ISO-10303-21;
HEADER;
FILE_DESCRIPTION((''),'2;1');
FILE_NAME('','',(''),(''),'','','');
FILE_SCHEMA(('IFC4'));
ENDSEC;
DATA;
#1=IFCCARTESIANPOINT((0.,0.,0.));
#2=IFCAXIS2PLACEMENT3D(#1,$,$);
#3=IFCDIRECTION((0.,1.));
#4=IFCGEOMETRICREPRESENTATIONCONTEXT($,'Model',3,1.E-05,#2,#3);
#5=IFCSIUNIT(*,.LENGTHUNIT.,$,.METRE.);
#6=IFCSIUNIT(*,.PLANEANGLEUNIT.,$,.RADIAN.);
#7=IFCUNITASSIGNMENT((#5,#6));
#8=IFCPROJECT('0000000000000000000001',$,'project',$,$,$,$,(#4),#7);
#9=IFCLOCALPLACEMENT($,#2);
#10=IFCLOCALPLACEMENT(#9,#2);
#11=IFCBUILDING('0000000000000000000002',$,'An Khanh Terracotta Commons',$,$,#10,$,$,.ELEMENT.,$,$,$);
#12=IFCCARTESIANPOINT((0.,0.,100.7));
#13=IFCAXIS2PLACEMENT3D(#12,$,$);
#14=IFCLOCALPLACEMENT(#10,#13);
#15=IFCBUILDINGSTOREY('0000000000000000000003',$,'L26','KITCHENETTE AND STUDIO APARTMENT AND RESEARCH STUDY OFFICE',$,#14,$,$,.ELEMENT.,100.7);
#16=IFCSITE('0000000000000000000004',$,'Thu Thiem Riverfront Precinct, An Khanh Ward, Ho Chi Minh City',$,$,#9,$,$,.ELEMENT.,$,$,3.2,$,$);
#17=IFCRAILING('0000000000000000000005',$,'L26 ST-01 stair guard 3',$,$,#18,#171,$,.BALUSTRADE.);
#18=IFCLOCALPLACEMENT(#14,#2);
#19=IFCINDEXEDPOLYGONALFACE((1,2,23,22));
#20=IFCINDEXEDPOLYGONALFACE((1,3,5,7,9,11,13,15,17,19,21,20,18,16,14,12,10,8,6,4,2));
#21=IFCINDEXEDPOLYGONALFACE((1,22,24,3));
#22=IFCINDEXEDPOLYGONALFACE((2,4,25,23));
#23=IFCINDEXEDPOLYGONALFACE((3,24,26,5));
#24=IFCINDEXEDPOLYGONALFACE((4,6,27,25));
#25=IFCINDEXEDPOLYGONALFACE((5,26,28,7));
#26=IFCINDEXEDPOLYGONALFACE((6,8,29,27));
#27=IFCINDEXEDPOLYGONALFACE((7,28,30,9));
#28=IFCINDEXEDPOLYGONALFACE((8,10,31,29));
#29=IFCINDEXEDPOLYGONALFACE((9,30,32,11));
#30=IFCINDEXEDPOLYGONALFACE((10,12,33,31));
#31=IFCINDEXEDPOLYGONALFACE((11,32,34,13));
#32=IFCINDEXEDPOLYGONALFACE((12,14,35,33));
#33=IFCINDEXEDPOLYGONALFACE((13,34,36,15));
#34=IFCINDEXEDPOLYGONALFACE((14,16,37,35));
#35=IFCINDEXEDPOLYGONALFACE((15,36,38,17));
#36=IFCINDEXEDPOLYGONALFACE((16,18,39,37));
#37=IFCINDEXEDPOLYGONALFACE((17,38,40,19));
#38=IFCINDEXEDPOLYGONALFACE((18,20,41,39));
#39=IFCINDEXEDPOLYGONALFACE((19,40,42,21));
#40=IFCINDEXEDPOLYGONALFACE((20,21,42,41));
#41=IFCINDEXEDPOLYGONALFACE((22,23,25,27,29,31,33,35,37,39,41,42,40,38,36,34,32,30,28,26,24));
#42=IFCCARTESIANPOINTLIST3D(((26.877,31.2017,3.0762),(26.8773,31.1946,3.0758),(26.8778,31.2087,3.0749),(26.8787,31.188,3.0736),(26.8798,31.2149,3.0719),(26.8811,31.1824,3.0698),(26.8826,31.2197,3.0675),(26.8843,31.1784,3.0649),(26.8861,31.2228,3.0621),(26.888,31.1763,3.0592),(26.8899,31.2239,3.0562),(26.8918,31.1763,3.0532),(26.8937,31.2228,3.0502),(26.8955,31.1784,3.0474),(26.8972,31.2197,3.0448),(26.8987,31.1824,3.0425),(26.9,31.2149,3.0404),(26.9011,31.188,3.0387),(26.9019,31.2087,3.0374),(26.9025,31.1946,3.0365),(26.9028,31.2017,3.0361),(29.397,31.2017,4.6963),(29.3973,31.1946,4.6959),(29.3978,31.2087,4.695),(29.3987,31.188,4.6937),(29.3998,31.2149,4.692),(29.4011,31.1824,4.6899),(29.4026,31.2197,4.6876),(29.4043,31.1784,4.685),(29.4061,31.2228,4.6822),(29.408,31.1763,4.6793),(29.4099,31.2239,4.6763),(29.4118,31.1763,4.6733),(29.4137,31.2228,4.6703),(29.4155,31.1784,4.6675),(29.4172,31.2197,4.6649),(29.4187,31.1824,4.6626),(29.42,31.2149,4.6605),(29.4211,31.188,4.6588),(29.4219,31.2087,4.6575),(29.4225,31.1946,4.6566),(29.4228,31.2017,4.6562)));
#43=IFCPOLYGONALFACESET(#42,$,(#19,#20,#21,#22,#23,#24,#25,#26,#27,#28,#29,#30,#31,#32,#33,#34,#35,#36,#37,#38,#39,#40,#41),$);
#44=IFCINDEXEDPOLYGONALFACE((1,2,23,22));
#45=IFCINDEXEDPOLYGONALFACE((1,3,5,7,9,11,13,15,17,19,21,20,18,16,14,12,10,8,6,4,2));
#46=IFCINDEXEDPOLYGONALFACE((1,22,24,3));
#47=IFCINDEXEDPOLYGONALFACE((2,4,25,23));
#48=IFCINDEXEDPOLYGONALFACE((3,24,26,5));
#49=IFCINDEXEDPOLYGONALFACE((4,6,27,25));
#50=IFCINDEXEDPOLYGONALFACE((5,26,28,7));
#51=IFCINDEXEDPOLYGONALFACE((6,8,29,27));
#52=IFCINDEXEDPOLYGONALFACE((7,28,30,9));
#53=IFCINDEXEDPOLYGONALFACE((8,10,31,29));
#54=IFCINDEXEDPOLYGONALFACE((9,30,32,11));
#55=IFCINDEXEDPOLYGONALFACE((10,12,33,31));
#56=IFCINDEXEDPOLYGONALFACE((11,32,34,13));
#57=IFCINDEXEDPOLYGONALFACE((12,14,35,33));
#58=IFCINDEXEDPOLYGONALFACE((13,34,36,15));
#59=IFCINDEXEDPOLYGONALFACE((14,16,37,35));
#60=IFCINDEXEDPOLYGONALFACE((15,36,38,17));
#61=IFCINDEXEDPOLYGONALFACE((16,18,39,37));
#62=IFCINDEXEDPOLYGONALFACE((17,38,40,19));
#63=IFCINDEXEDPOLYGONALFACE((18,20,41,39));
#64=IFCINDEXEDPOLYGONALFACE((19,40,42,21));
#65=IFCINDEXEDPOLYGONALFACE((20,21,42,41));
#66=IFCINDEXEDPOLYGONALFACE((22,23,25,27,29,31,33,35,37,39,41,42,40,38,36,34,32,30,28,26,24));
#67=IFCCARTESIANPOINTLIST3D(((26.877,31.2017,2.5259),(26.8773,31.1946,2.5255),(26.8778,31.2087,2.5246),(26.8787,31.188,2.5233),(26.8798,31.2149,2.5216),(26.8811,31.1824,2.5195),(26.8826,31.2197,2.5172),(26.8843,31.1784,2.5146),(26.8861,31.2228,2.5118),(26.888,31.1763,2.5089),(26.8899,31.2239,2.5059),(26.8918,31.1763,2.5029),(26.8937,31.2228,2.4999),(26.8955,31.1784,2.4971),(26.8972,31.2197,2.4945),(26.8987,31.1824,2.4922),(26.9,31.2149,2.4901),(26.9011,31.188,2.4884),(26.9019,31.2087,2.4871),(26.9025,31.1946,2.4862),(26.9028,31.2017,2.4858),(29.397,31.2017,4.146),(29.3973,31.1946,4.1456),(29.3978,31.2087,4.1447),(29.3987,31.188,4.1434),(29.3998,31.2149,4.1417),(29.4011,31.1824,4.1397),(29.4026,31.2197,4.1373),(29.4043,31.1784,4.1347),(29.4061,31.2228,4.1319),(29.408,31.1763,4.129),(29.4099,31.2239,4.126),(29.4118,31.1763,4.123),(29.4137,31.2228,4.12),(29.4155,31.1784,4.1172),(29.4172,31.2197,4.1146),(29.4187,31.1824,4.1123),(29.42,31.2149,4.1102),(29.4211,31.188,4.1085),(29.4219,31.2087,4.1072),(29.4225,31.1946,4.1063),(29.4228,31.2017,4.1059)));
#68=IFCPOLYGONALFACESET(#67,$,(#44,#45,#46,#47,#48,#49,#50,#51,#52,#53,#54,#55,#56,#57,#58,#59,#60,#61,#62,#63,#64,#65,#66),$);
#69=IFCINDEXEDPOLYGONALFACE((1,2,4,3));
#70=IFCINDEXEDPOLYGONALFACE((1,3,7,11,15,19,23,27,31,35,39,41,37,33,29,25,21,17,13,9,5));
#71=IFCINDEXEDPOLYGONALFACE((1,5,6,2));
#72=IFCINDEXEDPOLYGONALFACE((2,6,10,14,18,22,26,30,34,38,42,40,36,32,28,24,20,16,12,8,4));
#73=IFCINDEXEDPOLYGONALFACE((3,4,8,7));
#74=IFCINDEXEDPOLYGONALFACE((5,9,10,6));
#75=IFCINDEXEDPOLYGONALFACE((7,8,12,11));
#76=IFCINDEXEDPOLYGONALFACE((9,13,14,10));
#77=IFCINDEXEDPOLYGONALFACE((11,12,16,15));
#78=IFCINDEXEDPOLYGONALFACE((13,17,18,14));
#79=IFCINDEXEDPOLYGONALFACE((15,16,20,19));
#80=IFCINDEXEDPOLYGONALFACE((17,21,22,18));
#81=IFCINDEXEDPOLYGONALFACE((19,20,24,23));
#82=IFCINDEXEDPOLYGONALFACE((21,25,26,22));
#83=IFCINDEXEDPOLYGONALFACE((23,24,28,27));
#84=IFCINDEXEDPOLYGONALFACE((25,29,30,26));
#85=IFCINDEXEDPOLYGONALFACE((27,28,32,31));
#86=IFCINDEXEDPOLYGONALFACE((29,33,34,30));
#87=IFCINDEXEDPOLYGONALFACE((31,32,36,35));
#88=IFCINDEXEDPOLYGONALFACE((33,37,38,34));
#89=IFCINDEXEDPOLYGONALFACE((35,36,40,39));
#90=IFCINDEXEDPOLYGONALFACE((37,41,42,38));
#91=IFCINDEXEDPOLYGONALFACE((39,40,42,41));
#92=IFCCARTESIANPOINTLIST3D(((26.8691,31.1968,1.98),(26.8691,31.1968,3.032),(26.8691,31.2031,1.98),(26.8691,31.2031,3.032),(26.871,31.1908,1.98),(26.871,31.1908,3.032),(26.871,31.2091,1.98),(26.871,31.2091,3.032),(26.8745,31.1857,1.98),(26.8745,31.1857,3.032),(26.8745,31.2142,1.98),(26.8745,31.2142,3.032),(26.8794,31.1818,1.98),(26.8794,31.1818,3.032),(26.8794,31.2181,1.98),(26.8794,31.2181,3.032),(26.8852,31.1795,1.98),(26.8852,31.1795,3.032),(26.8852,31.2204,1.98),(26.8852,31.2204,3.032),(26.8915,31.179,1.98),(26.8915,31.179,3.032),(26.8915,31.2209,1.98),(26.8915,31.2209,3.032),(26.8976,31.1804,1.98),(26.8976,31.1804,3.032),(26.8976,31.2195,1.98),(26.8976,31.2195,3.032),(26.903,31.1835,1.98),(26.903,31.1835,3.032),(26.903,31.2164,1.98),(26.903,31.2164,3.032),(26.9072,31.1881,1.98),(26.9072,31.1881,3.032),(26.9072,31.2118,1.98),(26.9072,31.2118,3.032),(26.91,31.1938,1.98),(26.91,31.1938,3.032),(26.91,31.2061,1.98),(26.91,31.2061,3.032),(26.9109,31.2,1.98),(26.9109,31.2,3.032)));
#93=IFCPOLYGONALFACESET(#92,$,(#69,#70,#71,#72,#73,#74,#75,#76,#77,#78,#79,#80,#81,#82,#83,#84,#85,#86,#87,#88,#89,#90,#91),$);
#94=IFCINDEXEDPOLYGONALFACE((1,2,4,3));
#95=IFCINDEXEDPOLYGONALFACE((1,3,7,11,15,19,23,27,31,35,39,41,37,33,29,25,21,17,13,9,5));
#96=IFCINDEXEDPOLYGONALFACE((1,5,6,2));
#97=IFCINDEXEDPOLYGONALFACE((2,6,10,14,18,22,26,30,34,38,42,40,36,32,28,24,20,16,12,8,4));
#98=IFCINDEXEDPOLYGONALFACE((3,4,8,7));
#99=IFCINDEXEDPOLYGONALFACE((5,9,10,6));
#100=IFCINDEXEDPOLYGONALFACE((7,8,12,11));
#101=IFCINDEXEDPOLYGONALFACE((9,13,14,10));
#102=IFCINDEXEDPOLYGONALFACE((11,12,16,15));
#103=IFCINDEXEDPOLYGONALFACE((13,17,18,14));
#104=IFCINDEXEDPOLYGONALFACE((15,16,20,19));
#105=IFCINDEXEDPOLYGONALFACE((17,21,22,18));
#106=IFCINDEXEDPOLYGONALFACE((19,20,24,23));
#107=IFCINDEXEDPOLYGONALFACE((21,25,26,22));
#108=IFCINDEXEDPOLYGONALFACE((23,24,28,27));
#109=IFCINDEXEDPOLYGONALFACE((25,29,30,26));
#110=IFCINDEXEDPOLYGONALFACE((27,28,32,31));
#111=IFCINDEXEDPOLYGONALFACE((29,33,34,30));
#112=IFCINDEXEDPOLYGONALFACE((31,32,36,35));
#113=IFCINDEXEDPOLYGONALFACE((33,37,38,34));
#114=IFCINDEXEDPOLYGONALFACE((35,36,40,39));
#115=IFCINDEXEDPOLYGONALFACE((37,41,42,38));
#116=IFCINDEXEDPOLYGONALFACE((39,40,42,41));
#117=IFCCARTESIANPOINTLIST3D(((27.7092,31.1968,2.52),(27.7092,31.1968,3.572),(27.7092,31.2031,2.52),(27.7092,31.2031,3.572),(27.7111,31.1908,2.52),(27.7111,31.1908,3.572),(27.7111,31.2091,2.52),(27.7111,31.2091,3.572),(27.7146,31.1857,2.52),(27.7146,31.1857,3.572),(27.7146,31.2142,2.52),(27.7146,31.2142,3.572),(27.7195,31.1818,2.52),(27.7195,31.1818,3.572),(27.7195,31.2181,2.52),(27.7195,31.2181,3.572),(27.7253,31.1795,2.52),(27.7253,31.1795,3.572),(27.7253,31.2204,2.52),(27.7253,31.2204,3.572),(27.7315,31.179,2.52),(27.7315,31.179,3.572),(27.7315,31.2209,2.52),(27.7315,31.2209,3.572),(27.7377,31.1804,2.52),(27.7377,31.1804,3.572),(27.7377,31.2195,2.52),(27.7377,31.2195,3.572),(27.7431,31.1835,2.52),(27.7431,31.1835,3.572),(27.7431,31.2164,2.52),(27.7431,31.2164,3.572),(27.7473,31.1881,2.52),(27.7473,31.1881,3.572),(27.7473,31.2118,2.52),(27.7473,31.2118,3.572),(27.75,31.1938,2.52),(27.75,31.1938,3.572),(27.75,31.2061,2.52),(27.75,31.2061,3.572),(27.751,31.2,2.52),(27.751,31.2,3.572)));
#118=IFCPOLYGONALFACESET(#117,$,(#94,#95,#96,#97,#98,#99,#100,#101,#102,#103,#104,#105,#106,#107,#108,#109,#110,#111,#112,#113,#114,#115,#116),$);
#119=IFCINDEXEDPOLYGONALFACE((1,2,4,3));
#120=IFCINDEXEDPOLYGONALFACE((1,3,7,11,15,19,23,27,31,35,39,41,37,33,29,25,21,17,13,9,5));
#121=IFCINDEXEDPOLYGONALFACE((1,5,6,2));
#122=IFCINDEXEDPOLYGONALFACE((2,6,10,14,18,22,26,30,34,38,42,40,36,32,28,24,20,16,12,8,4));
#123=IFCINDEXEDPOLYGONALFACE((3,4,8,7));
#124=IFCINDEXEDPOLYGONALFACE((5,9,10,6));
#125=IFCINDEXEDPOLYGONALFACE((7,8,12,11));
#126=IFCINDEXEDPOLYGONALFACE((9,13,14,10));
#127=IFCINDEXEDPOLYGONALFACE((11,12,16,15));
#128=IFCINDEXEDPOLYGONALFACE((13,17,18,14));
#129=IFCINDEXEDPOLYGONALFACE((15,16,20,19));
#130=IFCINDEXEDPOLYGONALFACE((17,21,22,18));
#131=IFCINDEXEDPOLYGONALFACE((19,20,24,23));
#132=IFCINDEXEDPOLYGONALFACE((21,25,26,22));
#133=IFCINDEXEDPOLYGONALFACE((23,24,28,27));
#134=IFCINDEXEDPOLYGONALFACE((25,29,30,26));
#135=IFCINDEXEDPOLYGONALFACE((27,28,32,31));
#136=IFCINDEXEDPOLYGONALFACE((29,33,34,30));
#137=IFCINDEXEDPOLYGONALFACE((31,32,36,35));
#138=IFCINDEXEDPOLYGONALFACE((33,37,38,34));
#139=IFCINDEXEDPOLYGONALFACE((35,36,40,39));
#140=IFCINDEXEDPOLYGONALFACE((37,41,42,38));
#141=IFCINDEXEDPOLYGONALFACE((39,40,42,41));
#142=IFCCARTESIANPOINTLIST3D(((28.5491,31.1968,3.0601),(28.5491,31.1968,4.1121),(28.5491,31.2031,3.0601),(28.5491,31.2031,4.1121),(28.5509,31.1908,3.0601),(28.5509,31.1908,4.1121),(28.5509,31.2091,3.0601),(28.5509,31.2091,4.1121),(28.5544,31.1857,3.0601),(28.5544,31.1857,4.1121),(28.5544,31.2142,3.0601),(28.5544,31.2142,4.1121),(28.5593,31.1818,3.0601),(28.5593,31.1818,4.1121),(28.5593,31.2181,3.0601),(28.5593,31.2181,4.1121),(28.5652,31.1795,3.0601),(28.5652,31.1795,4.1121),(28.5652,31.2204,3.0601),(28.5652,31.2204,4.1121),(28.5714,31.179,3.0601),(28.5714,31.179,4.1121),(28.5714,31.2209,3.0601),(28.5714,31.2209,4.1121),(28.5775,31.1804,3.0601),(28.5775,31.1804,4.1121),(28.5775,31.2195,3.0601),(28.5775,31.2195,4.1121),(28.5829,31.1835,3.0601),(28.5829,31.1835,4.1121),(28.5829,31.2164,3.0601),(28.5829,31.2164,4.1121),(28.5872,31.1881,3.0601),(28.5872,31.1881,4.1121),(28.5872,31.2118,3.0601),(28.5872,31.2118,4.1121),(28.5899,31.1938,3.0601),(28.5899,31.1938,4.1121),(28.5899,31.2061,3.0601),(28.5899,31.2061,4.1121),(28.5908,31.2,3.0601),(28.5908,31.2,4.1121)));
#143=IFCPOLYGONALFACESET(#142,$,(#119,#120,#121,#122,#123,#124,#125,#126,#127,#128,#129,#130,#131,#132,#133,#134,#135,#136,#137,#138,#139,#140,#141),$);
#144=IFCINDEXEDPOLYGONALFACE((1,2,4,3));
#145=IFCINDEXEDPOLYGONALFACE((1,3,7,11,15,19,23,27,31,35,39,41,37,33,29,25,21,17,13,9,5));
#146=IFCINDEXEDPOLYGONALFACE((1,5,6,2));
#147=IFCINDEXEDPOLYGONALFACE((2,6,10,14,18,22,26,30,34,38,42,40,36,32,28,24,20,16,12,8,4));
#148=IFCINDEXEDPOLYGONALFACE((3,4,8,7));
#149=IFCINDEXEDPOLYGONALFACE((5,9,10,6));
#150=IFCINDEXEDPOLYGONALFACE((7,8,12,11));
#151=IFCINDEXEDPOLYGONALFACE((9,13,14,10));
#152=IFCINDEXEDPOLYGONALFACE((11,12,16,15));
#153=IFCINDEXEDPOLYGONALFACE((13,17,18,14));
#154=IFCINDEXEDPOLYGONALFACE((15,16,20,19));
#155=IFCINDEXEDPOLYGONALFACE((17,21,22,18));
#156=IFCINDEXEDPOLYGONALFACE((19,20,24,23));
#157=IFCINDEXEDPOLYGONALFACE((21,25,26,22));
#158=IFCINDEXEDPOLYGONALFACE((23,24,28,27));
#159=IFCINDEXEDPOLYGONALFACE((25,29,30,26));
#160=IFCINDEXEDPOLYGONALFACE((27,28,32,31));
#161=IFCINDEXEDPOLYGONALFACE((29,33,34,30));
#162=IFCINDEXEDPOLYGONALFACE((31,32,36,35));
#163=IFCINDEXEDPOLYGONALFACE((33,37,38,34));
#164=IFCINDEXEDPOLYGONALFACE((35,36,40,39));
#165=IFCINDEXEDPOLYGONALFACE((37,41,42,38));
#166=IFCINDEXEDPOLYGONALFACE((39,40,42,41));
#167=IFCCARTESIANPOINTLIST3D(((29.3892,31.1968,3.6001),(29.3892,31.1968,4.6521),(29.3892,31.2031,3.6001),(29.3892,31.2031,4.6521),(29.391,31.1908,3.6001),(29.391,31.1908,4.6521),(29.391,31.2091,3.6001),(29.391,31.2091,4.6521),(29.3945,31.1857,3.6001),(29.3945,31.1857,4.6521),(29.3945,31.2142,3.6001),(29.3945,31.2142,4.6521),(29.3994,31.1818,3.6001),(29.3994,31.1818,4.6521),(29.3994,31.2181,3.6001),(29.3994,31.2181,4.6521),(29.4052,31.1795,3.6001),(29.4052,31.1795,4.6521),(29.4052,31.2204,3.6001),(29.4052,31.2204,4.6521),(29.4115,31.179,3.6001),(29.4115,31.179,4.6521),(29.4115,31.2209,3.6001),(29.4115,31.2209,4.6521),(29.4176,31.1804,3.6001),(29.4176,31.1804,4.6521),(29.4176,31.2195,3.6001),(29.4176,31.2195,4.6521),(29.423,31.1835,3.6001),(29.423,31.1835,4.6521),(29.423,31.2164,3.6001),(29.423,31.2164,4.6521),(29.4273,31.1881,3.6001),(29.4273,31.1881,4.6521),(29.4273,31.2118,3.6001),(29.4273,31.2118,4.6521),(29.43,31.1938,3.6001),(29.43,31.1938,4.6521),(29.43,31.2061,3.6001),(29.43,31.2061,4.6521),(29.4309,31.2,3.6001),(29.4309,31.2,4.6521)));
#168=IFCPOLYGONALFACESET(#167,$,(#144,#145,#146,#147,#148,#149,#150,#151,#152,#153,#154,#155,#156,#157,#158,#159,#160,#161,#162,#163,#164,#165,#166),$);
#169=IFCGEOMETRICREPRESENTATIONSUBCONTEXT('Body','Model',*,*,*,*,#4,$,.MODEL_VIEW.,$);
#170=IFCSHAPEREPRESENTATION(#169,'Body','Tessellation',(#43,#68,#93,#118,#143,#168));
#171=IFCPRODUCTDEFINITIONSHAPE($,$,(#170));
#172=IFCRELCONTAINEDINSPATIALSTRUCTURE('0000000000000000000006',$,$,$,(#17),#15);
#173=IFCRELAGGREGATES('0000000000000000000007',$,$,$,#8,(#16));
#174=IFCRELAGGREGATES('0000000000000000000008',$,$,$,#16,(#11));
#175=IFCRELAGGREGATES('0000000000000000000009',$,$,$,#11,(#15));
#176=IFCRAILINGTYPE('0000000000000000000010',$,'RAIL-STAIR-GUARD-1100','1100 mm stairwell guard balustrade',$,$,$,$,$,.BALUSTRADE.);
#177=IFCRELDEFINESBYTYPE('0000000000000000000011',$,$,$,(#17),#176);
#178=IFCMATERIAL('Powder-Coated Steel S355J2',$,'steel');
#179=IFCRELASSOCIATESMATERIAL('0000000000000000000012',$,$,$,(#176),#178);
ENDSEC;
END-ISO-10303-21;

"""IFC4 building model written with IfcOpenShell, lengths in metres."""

from ifc_helpers import new_model, si_unit, direction, frame, origin, origin_2d, place, context, subcontext, project, spatial, circle, extrude, material, type_object, element, save


model = new_model("IFC4")

# Units and contexts
model_context = context("Model", 3, precision=1e-05, world=origin(), true_north=direction((0.0, 1.0)))
body_context = subcontext(model_context, "Body", "Model", "MODEL_VIEW")
ifc_project = project(units=[si_unit("LENGTHUNIT", "METRE"), si_unit("PLANEANGLEUNIT", "RADIAN")], contexts=[model_context])

# Site, building, storey
site_placement = place(None, origin())
site = spatial("IfcSite", under=ifc_project, at=site_placement, Name="Thu Thiem Riverfront Precinct, An Khanh Ward, Ho Chi Minh City", CompositionType="ELEMENT", RefElevation=3.2)
building_placement = place(site_placement, origin())
building = spatial("IfcBuilding", under=site, at=building_placement, Name="An Khanh Terracotta Commons", CompositionType="ELEMENT")
storey_placement = place(building_placement, frame((0.0, 0.0, 100.7)))
storey = spatial("IfcBuildingStorey", under=building, at=storey_placement, Name="L26", Description="KITCHENETTE AND STUDIO APARTMENT AND RESEARCH STUDY OFFICE", CompositionType="ELEMENT", Elevation=100.7)

# Railing
ifc_material_1 = material(Name="Powder-Coated Steel S355J2", Category="steel")
railing_type_1 = type_object("IfcRailingType", Name="RAIL-STAIR-GUARD-1100", Description="1100 mm stairwell guard balustrade", PredefinedType="BALUSTRADE", material=ifc_material_1)
railing_1_placement = place(storey_placement, frame((26.8899, 31.2, 1.98)))
element("IfcRailing", 1, at=railing_1_placement, inside=storey, type_object=railing_type_1, Name="L26 ST-01 stair guard 3", PredefinedType="BALUSTRADE", context=body_context, shape_type="SweptSolid", body=[
    extrude(circle(Radius=0.0239, at=origin_2d()), frame((0.0, 0.0, 1.0762), z_axis=(0.841163, 0.0, 0.540782), x_axis=(0.0, 1.0, 0.0)), (0.0, 0.0, 1.0), 2.9958),
    extrude(circle(Radius=0.0239, at=origin_2d()), frame((0.0, 0.0, 0.5259), z_axis=(0.841163, 0.0, 0.540782), x_axis=(0.0, 1.0, 0.0)), (0.0, 0.0, 1.0), 2.9958),
    extrude(circle(Radius=0.021, at=origin_2d()), origin(), (0.0, 0.0, 1.0), 1.052),
    extrude(circle(Radius=0.021, at=origin_2d()), frame((0.8401, 0.0, 0.54)), (0.0, 0.0, 1.0), 1.052),
    extrude(circle(Radius=0.021, at=origin_2d()), frame((1.6799, 0.0, 1.0801)), (0.0, 0.0, 1.0), 1.052),
    extrude(circle(Radius=0.021, at=origin_2d()), frame((2.52, 0.0, 1.6201)), (0.0, 0.0, 1.0), 1.052),
])

save(model, "model.ifc")
